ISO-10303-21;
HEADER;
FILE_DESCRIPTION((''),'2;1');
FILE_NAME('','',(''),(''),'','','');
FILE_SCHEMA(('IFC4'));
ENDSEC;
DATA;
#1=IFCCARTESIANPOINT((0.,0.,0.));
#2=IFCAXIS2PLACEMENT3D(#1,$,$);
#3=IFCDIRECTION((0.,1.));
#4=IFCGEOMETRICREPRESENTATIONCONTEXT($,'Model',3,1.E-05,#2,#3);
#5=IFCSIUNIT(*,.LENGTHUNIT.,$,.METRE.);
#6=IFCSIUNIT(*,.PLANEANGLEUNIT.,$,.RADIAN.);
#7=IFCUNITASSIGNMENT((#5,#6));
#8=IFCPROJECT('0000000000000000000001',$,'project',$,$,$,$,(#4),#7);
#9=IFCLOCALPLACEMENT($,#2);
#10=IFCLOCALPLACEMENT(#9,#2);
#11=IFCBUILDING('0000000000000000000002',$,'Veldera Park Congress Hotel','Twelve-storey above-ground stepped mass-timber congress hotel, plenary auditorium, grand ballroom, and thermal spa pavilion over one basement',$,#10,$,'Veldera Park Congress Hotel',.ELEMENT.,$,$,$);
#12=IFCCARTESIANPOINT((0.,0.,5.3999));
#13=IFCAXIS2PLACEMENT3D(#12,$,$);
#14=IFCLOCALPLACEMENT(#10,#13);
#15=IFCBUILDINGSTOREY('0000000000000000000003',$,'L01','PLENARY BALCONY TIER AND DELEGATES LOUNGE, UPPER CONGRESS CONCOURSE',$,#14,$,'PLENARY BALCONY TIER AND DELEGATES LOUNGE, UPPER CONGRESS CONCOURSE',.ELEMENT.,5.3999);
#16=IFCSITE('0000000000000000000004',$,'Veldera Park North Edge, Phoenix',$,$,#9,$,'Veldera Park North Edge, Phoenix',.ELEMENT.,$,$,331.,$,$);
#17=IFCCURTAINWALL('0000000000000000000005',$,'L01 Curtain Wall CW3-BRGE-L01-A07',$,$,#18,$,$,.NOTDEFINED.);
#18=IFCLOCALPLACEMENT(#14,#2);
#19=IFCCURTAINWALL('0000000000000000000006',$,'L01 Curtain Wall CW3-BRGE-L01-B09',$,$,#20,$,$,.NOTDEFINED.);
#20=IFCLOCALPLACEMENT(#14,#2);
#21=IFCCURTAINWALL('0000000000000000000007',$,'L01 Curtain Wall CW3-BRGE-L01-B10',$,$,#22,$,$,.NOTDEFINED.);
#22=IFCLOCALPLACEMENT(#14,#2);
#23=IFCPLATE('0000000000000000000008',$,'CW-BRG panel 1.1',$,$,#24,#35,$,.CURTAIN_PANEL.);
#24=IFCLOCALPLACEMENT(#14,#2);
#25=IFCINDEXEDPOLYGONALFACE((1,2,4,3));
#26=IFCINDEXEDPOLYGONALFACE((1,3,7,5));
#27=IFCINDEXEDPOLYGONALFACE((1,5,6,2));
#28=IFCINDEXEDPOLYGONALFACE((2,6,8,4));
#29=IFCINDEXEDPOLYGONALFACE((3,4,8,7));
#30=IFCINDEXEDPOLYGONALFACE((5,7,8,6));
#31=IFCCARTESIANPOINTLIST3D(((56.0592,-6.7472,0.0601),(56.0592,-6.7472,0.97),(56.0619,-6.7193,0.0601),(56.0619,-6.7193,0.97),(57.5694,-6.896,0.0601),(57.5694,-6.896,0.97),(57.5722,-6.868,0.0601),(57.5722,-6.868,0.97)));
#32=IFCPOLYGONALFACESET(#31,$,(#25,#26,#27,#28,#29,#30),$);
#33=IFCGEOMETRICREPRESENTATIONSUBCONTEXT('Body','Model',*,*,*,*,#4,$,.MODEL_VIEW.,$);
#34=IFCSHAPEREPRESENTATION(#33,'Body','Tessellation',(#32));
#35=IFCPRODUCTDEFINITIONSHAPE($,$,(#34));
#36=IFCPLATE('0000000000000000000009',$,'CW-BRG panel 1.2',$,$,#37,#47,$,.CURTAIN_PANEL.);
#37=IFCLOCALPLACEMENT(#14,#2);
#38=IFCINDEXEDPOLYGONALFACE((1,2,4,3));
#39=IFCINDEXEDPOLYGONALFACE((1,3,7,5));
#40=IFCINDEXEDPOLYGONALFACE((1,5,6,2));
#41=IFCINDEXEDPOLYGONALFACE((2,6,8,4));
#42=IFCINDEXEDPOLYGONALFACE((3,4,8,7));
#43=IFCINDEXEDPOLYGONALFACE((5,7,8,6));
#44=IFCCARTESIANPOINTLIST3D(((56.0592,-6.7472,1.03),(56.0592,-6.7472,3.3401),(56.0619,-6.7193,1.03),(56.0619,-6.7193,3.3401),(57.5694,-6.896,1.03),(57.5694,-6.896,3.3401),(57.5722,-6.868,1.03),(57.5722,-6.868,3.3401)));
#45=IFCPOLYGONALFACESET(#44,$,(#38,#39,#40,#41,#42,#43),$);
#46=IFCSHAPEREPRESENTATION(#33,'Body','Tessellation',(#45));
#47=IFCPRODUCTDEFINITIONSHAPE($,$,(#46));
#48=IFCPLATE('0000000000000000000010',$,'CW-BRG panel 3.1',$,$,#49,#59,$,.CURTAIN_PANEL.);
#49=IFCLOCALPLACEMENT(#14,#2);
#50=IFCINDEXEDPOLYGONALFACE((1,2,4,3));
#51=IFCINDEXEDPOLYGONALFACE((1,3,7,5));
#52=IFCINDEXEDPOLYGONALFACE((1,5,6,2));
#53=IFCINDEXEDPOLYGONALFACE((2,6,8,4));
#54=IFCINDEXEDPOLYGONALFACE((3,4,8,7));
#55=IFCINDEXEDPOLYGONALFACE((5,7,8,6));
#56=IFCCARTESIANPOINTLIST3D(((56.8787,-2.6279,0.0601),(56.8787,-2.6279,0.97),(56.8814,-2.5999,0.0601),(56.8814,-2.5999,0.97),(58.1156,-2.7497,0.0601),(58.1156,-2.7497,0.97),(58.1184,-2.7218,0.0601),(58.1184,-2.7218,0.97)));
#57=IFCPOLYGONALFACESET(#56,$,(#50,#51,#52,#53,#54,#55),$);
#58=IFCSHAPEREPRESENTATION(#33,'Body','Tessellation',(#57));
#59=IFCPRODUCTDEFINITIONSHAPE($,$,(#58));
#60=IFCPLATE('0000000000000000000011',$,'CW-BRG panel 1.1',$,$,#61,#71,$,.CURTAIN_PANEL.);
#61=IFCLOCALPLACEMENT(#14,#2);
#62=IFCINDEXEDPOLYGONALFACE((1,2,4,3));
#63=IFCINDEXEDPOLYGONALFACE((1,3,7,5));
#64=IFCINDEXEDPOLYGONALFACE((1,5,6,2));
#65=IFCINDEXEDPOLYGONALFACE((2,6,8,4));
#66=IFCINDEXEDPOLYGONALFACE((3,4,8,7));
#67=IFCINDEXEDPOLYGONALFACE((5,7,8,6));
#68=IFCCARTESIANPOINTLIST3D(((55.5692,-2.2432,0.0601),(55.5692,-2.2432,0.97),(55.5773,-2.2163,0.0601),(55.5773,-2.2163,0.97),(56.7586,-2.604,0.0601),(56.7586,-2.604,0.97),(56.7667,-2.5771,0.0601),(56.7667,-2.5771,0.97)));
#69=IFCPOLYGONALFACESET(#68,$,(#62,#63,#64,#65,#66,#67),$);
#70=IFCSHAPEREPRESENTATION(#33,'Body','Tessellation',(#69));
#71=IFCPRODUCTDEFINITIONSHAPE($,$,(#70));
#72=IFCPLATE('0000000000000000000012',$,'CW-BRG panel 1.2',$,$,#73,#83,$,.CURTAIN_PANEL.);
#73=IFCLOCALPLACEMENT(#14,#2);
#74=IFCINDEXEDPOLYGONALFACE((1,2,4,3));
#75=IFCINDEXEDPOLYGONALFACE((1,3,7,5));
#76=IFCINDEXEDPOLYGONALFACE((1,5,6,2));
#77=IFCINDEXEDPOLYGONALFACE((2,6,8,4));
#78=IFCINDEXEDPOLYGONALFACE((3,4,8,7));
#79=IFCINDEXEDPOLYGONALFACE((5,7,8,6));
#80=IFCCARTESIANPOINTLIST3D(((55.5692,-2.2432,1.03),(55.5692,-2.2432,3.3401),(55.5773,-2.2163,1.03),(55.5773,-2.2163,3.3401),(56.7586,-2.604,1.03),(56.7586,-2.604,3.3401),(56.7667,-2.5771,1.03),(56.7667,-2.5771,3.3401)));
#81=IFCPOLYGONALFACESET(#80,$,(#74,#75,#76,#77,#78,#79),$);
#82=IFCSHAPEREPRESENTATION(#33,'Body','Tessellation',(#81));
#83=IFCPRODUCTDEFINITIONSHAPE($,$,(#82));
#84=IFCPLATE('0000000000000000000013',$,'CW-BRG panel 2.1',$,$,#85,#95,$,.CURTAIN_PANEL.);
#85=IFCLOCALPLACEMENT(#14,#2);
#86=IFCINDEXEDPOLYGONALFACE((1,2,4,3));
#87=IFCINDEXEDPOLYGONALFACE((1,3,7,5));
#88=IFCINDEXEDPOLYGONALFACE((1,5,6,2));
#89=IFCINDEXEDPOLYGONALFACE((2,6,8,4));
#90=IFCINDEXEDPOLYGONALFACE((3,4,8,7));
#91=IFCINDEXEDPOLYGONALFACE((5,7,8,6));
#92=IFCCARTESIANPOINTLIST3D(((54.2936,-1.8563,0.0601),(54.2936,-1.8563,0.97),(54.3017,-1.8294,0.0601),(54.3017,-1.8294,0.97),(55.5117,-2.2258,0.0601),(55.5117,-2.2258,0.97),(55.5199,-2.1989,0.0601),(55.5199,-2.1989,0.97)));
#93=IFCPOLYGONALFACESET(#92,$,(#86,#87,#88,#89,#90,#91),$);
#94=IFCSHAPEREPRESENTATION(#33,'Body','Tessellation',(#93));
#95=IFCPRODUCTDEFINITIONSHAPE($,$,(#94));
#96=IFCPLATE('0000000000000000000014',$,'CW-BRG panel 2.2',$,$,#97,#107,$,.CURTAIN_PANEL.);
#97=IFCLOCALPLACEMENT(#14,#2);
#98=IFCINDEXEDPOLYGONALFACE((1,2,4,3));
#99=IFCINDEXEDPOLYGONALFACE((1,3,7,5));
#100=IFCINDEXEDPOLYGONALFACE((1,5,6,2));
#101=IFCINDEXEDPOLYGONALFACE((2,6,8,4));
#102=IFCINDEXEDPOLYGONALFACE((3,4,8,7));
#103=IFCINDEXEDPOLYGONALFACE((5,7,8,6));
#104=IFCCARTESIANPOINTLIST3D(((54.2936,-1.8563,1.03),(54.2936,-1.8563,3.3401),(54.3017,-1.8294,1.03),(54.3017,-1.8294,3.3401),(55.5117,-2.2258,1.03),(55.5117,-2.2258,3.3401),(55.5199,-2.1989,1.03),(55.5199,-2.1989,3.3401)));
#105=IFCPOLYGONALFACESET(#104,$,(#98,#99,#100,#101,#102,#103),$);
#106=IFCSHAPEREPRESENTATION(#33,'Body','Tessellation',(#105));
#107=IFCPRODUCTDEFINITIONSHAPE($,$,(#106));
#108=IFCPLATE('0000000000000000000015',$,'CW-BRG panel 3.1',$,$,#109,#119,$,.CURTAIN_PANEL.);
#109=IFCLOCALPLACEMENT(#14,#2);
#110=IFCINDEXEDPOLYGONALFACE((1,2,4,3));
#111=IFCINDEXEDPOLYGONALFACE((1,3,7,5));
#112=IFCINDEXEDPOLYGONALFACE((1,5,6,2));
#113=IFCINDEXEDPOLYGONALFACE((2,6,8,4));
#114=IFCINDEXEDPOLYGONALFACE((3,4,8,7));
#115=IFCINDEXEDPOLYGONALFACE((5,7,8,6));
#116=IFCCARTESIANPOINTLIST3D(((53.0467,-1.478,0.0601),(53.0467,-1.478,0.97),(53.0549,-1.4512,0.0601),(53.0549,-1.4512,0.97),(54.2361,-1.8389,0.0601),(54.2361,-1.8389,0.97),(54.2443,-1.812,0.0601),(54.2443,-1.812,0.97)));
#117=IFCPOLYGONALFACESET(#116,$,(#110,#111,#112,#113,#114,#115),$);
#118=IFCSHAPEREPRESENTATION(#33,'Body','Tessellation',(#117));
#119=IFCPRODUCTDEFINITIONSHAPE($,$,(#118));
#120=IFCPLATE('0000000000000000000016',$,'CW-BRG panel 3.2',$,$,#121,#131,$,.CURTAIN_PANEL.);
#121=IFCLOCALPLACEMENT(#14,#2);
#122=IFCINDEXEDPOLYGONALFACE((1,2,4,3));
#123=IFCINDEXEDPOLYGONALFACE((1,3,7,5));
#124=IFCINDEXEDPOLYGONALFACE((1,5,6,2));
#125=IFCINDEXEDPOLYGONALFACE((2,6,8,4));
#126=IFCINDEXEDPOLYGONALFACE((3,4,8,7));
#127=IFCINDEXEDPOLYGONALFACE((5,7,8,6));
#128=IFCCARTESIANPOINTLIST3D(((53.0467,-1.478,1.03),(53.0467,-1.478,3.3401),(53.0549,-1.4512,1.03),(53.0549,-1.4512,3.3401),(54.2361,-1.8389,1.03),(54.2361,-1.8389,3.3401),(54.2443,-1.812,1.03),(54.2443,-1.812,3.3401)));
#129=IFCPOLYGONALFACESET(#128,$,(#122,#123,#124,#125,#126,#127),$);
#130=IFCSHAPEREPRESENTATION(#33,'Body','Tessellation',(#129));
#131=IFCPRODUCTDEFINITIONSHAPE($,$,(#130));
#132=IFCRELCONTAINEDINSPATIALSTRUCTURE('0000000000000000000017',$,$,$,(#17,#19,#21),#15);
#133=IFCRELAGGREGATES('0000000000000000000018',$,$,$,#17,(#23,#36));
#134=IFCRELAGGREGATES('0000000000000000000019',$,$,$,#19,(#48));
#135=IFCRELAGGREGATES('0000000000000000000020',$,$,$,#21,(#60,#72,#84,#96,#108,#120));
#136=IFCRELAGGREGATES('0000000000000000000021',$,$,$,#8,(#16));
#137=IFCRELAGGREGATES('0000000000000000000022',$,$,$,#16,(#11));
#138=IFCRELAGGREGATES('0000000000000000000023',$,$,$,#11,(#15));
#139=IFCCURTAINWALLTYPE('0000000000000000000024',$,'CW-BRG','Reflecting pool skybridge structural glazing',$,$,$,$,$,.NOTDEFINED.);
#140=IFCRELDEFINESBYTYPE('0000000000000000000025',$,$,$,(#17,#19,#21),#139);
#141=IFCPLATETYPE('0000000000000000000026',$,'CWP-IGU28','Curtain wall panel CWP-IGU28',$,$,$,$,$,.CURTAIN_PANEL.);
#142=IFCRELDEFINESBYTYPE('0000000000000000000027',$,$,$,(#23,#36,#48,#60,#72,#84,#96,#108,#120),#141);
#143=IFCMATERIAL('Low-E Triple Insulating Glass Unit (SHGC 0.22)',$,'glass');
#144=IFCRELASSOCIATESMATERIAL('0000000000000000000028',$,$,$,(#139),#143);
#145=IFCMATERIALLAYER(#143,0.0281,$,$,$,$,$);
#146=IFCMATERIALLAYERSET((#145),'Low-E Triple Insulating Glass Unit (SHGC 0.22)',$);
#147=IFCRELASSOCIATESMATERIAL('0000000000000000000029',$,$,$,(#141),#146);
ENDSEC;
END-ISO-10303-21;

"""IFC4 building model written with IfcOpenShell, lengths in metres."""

from ifc_helpers import new_model, si_unit, direction, frame, origin, origin_2d, place, context, subcontext, project, spatial, rectangle, extrude, material, layer, layer_set, type_object, element, aggregate, save


model = new_model("IFC4")

# Units and contexts
model_context = context("Model", 3, precision=1e-05, world=origin(), true_north=direction((0.0, 1.0)))
body_context = subcontext(model_context, "Body", "Model", "MODEL_VIEW")
ifc_project = project(units=[si_unit("LENGTHUNIT", "METRE"), si_unit("PLANEANGLEUNIT", "RADIAN")], contexts=[model_context])

# Site, building, storey
site_placement = place(None, origin())
site = spatial("IfcSite", under=ifc_project, at=site_placement, Name="Veldera Park North Edge, Phoenix", LongName="Veldera Park North Edge, Phoenix", CompositionType="ELEMENT", RefElevation=331.0)
building_placement = place(site_placement, origin())
building = spatial("IfcBuilding", under=site, at=building_placement, Name="Veldera Park Congress Hotel", Description="Twelve-storey above-ground stepped mass-timber congress hotel, plenary auditorium, grand ballroom, and thermal spa pavilion over one basement", LongName="Veldera Park Congress Hotel", CompositionType="ELEMENT")
storey_placement = place(building_placement, frame((0.0, 0.0, 5.3999)))
storey = spatial("IfcBuildingStorey", under=building, at=storey_placement, Name="L01", Description="PLENARY BALCONY TIER AND DELEGATES LOUNGE, UPPER CONGRESS CONCOURSE", LongName="PLENARY BALCONY TIER AND DELEGATES LOUNGE, UPPER CONGRESS CONCOURSE", CompositionType="ELEMENT", Elevation=5.3999)

# Shared definitions
ifc_material_1 = material(Name="Low-E Triple Insulating Glass Unit (SHGC 0.22)", Category="glass")
curtain_wall_type = type_object("IfcCurtainWallType", Name="CW-BRG", Description="Reflecting pool skybridge structural glazing", PredefinedType="NOTDEFINED", material=ifc_material_1)

# Curtain walls
curtain_wall_1_placement = place(storey_placement, origin())
curtain_wall_1 = element("IfcCurtainWall", 1, at=curtain_wall_1_placement, inside=storey, type_object=curtain_wall_type, Name="L01 Curtain Wall CW3-BRGE-L01-A07", PredefinedType="NOTDEFINED")
curtain_wall_2_placement = place(storey_placement, origin())
curtain_wall_2 = element("IfcCurtainWall", 2, at=curtain_wall_2_placement, inside=storey, type_object=curtain_wall_type, Name="L01 Curtain Wall CW3-BRGE-L01-B09", PredefinedType="NOTDEFINED")

# Curtain wall
curtain_wall_3_placement = place(storey_placement, origin())
curtain_wall_3 = element("IfcCurtainWall", 3, at=curtain_wall_3_placement, inside=storey, type_object=curtain_wall_type, Name="L01 Curtain Wall CW3-BRGE-L01-B10", PredefinedType="NOTDEFINED")

# Plates
ifc_layer = layer(ifc_material_1, 0.0281)
ifc_layer_set = layer_set([ifc_layer], Name="Low-E Triple Insulating Glass Unit (SHGC 0.22)")
plate_type = type_object("IfcPlateType", Name="CWP-IGU28", Description="Curtain wall panel CWP-IGU28", PredefinedType="CURTAIN_PANEL", material=ifc_layer_set)
plate_1_placement = place(storey_placement, frame((56.8157, -6.8076, 0.0601), z_axis=(0.0, 0.0, 1.0), x_axis=(0.995184, -0.098021, 0.0)))
plate_1 = element("IfcPlate", 4, at=plate_1_placement, type_object=plate_type, Name="CW-BRG panel 1.1", PredefinedType="CURTAIN_PANEL", context=body_context, shape_type="SweptSolid", body=[
    extrude(rectangle(XDim=1.5176, YDim=0.0281, at=origin_2d()), origin(), (0.0, 0.0, 1.0), 0.9099),
])
plate_2_placement = place(storey_placement, frame((56.8157, -6.8076, 1.03), z_axis=(0.0, 0.0, 1.0), x_axis=(0.995184, -0.098021, 0.0)))
plate_2 = element("IfcPlate", 5, at=plate_2_placement, type_object=plate_type, Name="CW-BRG panel 1.2", PredefinedType="CURTAIN_PANEL", context=body_context, shape_type="SweptSolid", body=[
    extrude(rectangle(XDim=1.5176, YDim=0.0281, at=origin_2d()), origin(), (0.0, 0.0, 1.0), 2.3101),
])
aggregate(curtain_wall_1, [plate_1, plate_2])
plate_3_placement = place(storey_placement, frame((57.4985, -2.6748, 0.0601), z_axis=(0.0, 0.0, 1.0), x_axis=(-0.995184, 0.098023, 0.0)))
plate_3 = element("IfcPlate", 6, at=plate_3_placement, type_object=plate_type, Name="CW-BRG panel 3.1", PredefinedType="CURTAIN_PANEL", context=body_context, shape_type="SweptSolid", body=[
    extrude(rectangle(XDim=1.2429, YDim=0.0281, at=origin_2d()), origin(), (0.0, 0.0, 1.0), 0.9099),
])
aggregate(curtain_wall_2, [plate_3])
plate_4_placement = place(storey_placement, frame((56.168, -2.4102, 0.0601), z_axis=(0.0, 0.0, 1.0), x_axis=(-0.956939, 0.29029, 0.0)))
plate_4 = element("IfcPlate", 7, at=plate_4_placement, type_object=plate_type, Name="CW-BRG panel 1.1", PredefinedType="CURTAIN_PANEL", context=body_context, shape_type="SweptSolid", body=[
    extrude(rectangle(XDim=1.2429, YDim=0.0281, at=origin_2d()), origin(), (0.0, 0.0, 1.0), 0.9099),
])
plate_5_placement = place(storey_placement, frame((56.168, -2.4102, 1.03), z_axis=(0.0, 0.0, 1.0), x_axis=(-0.956939, 0.29029, 0.0)))
plate_5 = element("IfcPlate", 8, at=plate_5_placement, type_object=plate_type, Name="CW-BRG panel 1.2", PredefinedType="CURTAIN_PANEL", context=body_context, shape_type="SweptSolid", body=[
    extrude(rectangle(XDim=1.2429, YDim=0.0281, at=origin_2d()), origin(), (0.0, 0.0, 1.0), 2.3101),
])
plate_6_placement = place(storey_placement, frame((54.9067, -2.0276, 0.0601), z_axis=(0.0, 0.0, 1.0), x_axis=(-0.956939, 0.29029, 0.0)))
plate_6 = element("IfcPlate", 9, at=plate_6_placement, type_object=plate_type, Name="CW-BRG panel 2.1", PredefinedType="CURTAIN_PANEL", context=body_context, shape_type="SweptSolid", body=[
    extrude(rectangle(XDim=1.2729, YDim=0.0281, at=origin_2d()), origin(), (0.0, 0.0, 1.0), 0.9099),
])
plate_7_placement = place(storey_placement, frame((54.9067, -2.0276, 1.03), z_axis=(0.0, 0.0, 1.0), x_axis=(-0.956939, 0.29029, 0.0)))
plate_7 = element("IfcPlate", 10, at=plate_7_placement, type_object=plate_type, Name="CW-BRG panel 2.2", PredefinedType="CURTAIN_PANEL", context=body_context, shape_type="SweptSolid", body=[
    extrude(rectangle(XDim=1.2729, YDim=0.0281, at=origin_2d()), origin(), (0.0, 0.0, 1.0), 2.3101),
])
plate_8_placement = place(storey_placement, frame((53.6455, -1.645, 0.0601), z_axis=(0.0, 0.0, 1.0), x_axis=(-0.956939, 0.29029, 0.0)))
plate_8 = element("IfcPlate", 11, at=plate_8_placement, type_object=plate_type, Name="CW-BRG panel 3.1", PredefinedType="CURTAIN_PANEL", context=body_context, shape_type="SweptSolid", body=[
    extrude(rectangle(XDim=1.2429, YDim=0.0281, at=origin_2d()), origin(), (0.0, 0.0, 1.0), 0.9099),
])
plate_9_placement = place(storey_placement, frame((53.6455, -1.645, 1.03), z_axis=(0.0, 0.0, 1.0), x_axis=(-0.956939, 0.29029, 0.0)))
plate_9 = element("IfcPlate", 12, at=plate_9_placement, type_object=plate_type, Name="CW-BRG panel 3.2", PredefinedType="CURTAIN_PANEL", context=body_context, shape_type="SweptSolid", body=[
    extrude(rectangle(XDim=1.2429, YDim=0.0281, at=origin_2d()), origin(), (0.0, 0.0, 1.0), 2.3101),
])
aggregate(curtain_wall_3, [plate_4, plate_5, plate_6, plate_7, plate_8, plate_9])

save(model, "model.ifc")
